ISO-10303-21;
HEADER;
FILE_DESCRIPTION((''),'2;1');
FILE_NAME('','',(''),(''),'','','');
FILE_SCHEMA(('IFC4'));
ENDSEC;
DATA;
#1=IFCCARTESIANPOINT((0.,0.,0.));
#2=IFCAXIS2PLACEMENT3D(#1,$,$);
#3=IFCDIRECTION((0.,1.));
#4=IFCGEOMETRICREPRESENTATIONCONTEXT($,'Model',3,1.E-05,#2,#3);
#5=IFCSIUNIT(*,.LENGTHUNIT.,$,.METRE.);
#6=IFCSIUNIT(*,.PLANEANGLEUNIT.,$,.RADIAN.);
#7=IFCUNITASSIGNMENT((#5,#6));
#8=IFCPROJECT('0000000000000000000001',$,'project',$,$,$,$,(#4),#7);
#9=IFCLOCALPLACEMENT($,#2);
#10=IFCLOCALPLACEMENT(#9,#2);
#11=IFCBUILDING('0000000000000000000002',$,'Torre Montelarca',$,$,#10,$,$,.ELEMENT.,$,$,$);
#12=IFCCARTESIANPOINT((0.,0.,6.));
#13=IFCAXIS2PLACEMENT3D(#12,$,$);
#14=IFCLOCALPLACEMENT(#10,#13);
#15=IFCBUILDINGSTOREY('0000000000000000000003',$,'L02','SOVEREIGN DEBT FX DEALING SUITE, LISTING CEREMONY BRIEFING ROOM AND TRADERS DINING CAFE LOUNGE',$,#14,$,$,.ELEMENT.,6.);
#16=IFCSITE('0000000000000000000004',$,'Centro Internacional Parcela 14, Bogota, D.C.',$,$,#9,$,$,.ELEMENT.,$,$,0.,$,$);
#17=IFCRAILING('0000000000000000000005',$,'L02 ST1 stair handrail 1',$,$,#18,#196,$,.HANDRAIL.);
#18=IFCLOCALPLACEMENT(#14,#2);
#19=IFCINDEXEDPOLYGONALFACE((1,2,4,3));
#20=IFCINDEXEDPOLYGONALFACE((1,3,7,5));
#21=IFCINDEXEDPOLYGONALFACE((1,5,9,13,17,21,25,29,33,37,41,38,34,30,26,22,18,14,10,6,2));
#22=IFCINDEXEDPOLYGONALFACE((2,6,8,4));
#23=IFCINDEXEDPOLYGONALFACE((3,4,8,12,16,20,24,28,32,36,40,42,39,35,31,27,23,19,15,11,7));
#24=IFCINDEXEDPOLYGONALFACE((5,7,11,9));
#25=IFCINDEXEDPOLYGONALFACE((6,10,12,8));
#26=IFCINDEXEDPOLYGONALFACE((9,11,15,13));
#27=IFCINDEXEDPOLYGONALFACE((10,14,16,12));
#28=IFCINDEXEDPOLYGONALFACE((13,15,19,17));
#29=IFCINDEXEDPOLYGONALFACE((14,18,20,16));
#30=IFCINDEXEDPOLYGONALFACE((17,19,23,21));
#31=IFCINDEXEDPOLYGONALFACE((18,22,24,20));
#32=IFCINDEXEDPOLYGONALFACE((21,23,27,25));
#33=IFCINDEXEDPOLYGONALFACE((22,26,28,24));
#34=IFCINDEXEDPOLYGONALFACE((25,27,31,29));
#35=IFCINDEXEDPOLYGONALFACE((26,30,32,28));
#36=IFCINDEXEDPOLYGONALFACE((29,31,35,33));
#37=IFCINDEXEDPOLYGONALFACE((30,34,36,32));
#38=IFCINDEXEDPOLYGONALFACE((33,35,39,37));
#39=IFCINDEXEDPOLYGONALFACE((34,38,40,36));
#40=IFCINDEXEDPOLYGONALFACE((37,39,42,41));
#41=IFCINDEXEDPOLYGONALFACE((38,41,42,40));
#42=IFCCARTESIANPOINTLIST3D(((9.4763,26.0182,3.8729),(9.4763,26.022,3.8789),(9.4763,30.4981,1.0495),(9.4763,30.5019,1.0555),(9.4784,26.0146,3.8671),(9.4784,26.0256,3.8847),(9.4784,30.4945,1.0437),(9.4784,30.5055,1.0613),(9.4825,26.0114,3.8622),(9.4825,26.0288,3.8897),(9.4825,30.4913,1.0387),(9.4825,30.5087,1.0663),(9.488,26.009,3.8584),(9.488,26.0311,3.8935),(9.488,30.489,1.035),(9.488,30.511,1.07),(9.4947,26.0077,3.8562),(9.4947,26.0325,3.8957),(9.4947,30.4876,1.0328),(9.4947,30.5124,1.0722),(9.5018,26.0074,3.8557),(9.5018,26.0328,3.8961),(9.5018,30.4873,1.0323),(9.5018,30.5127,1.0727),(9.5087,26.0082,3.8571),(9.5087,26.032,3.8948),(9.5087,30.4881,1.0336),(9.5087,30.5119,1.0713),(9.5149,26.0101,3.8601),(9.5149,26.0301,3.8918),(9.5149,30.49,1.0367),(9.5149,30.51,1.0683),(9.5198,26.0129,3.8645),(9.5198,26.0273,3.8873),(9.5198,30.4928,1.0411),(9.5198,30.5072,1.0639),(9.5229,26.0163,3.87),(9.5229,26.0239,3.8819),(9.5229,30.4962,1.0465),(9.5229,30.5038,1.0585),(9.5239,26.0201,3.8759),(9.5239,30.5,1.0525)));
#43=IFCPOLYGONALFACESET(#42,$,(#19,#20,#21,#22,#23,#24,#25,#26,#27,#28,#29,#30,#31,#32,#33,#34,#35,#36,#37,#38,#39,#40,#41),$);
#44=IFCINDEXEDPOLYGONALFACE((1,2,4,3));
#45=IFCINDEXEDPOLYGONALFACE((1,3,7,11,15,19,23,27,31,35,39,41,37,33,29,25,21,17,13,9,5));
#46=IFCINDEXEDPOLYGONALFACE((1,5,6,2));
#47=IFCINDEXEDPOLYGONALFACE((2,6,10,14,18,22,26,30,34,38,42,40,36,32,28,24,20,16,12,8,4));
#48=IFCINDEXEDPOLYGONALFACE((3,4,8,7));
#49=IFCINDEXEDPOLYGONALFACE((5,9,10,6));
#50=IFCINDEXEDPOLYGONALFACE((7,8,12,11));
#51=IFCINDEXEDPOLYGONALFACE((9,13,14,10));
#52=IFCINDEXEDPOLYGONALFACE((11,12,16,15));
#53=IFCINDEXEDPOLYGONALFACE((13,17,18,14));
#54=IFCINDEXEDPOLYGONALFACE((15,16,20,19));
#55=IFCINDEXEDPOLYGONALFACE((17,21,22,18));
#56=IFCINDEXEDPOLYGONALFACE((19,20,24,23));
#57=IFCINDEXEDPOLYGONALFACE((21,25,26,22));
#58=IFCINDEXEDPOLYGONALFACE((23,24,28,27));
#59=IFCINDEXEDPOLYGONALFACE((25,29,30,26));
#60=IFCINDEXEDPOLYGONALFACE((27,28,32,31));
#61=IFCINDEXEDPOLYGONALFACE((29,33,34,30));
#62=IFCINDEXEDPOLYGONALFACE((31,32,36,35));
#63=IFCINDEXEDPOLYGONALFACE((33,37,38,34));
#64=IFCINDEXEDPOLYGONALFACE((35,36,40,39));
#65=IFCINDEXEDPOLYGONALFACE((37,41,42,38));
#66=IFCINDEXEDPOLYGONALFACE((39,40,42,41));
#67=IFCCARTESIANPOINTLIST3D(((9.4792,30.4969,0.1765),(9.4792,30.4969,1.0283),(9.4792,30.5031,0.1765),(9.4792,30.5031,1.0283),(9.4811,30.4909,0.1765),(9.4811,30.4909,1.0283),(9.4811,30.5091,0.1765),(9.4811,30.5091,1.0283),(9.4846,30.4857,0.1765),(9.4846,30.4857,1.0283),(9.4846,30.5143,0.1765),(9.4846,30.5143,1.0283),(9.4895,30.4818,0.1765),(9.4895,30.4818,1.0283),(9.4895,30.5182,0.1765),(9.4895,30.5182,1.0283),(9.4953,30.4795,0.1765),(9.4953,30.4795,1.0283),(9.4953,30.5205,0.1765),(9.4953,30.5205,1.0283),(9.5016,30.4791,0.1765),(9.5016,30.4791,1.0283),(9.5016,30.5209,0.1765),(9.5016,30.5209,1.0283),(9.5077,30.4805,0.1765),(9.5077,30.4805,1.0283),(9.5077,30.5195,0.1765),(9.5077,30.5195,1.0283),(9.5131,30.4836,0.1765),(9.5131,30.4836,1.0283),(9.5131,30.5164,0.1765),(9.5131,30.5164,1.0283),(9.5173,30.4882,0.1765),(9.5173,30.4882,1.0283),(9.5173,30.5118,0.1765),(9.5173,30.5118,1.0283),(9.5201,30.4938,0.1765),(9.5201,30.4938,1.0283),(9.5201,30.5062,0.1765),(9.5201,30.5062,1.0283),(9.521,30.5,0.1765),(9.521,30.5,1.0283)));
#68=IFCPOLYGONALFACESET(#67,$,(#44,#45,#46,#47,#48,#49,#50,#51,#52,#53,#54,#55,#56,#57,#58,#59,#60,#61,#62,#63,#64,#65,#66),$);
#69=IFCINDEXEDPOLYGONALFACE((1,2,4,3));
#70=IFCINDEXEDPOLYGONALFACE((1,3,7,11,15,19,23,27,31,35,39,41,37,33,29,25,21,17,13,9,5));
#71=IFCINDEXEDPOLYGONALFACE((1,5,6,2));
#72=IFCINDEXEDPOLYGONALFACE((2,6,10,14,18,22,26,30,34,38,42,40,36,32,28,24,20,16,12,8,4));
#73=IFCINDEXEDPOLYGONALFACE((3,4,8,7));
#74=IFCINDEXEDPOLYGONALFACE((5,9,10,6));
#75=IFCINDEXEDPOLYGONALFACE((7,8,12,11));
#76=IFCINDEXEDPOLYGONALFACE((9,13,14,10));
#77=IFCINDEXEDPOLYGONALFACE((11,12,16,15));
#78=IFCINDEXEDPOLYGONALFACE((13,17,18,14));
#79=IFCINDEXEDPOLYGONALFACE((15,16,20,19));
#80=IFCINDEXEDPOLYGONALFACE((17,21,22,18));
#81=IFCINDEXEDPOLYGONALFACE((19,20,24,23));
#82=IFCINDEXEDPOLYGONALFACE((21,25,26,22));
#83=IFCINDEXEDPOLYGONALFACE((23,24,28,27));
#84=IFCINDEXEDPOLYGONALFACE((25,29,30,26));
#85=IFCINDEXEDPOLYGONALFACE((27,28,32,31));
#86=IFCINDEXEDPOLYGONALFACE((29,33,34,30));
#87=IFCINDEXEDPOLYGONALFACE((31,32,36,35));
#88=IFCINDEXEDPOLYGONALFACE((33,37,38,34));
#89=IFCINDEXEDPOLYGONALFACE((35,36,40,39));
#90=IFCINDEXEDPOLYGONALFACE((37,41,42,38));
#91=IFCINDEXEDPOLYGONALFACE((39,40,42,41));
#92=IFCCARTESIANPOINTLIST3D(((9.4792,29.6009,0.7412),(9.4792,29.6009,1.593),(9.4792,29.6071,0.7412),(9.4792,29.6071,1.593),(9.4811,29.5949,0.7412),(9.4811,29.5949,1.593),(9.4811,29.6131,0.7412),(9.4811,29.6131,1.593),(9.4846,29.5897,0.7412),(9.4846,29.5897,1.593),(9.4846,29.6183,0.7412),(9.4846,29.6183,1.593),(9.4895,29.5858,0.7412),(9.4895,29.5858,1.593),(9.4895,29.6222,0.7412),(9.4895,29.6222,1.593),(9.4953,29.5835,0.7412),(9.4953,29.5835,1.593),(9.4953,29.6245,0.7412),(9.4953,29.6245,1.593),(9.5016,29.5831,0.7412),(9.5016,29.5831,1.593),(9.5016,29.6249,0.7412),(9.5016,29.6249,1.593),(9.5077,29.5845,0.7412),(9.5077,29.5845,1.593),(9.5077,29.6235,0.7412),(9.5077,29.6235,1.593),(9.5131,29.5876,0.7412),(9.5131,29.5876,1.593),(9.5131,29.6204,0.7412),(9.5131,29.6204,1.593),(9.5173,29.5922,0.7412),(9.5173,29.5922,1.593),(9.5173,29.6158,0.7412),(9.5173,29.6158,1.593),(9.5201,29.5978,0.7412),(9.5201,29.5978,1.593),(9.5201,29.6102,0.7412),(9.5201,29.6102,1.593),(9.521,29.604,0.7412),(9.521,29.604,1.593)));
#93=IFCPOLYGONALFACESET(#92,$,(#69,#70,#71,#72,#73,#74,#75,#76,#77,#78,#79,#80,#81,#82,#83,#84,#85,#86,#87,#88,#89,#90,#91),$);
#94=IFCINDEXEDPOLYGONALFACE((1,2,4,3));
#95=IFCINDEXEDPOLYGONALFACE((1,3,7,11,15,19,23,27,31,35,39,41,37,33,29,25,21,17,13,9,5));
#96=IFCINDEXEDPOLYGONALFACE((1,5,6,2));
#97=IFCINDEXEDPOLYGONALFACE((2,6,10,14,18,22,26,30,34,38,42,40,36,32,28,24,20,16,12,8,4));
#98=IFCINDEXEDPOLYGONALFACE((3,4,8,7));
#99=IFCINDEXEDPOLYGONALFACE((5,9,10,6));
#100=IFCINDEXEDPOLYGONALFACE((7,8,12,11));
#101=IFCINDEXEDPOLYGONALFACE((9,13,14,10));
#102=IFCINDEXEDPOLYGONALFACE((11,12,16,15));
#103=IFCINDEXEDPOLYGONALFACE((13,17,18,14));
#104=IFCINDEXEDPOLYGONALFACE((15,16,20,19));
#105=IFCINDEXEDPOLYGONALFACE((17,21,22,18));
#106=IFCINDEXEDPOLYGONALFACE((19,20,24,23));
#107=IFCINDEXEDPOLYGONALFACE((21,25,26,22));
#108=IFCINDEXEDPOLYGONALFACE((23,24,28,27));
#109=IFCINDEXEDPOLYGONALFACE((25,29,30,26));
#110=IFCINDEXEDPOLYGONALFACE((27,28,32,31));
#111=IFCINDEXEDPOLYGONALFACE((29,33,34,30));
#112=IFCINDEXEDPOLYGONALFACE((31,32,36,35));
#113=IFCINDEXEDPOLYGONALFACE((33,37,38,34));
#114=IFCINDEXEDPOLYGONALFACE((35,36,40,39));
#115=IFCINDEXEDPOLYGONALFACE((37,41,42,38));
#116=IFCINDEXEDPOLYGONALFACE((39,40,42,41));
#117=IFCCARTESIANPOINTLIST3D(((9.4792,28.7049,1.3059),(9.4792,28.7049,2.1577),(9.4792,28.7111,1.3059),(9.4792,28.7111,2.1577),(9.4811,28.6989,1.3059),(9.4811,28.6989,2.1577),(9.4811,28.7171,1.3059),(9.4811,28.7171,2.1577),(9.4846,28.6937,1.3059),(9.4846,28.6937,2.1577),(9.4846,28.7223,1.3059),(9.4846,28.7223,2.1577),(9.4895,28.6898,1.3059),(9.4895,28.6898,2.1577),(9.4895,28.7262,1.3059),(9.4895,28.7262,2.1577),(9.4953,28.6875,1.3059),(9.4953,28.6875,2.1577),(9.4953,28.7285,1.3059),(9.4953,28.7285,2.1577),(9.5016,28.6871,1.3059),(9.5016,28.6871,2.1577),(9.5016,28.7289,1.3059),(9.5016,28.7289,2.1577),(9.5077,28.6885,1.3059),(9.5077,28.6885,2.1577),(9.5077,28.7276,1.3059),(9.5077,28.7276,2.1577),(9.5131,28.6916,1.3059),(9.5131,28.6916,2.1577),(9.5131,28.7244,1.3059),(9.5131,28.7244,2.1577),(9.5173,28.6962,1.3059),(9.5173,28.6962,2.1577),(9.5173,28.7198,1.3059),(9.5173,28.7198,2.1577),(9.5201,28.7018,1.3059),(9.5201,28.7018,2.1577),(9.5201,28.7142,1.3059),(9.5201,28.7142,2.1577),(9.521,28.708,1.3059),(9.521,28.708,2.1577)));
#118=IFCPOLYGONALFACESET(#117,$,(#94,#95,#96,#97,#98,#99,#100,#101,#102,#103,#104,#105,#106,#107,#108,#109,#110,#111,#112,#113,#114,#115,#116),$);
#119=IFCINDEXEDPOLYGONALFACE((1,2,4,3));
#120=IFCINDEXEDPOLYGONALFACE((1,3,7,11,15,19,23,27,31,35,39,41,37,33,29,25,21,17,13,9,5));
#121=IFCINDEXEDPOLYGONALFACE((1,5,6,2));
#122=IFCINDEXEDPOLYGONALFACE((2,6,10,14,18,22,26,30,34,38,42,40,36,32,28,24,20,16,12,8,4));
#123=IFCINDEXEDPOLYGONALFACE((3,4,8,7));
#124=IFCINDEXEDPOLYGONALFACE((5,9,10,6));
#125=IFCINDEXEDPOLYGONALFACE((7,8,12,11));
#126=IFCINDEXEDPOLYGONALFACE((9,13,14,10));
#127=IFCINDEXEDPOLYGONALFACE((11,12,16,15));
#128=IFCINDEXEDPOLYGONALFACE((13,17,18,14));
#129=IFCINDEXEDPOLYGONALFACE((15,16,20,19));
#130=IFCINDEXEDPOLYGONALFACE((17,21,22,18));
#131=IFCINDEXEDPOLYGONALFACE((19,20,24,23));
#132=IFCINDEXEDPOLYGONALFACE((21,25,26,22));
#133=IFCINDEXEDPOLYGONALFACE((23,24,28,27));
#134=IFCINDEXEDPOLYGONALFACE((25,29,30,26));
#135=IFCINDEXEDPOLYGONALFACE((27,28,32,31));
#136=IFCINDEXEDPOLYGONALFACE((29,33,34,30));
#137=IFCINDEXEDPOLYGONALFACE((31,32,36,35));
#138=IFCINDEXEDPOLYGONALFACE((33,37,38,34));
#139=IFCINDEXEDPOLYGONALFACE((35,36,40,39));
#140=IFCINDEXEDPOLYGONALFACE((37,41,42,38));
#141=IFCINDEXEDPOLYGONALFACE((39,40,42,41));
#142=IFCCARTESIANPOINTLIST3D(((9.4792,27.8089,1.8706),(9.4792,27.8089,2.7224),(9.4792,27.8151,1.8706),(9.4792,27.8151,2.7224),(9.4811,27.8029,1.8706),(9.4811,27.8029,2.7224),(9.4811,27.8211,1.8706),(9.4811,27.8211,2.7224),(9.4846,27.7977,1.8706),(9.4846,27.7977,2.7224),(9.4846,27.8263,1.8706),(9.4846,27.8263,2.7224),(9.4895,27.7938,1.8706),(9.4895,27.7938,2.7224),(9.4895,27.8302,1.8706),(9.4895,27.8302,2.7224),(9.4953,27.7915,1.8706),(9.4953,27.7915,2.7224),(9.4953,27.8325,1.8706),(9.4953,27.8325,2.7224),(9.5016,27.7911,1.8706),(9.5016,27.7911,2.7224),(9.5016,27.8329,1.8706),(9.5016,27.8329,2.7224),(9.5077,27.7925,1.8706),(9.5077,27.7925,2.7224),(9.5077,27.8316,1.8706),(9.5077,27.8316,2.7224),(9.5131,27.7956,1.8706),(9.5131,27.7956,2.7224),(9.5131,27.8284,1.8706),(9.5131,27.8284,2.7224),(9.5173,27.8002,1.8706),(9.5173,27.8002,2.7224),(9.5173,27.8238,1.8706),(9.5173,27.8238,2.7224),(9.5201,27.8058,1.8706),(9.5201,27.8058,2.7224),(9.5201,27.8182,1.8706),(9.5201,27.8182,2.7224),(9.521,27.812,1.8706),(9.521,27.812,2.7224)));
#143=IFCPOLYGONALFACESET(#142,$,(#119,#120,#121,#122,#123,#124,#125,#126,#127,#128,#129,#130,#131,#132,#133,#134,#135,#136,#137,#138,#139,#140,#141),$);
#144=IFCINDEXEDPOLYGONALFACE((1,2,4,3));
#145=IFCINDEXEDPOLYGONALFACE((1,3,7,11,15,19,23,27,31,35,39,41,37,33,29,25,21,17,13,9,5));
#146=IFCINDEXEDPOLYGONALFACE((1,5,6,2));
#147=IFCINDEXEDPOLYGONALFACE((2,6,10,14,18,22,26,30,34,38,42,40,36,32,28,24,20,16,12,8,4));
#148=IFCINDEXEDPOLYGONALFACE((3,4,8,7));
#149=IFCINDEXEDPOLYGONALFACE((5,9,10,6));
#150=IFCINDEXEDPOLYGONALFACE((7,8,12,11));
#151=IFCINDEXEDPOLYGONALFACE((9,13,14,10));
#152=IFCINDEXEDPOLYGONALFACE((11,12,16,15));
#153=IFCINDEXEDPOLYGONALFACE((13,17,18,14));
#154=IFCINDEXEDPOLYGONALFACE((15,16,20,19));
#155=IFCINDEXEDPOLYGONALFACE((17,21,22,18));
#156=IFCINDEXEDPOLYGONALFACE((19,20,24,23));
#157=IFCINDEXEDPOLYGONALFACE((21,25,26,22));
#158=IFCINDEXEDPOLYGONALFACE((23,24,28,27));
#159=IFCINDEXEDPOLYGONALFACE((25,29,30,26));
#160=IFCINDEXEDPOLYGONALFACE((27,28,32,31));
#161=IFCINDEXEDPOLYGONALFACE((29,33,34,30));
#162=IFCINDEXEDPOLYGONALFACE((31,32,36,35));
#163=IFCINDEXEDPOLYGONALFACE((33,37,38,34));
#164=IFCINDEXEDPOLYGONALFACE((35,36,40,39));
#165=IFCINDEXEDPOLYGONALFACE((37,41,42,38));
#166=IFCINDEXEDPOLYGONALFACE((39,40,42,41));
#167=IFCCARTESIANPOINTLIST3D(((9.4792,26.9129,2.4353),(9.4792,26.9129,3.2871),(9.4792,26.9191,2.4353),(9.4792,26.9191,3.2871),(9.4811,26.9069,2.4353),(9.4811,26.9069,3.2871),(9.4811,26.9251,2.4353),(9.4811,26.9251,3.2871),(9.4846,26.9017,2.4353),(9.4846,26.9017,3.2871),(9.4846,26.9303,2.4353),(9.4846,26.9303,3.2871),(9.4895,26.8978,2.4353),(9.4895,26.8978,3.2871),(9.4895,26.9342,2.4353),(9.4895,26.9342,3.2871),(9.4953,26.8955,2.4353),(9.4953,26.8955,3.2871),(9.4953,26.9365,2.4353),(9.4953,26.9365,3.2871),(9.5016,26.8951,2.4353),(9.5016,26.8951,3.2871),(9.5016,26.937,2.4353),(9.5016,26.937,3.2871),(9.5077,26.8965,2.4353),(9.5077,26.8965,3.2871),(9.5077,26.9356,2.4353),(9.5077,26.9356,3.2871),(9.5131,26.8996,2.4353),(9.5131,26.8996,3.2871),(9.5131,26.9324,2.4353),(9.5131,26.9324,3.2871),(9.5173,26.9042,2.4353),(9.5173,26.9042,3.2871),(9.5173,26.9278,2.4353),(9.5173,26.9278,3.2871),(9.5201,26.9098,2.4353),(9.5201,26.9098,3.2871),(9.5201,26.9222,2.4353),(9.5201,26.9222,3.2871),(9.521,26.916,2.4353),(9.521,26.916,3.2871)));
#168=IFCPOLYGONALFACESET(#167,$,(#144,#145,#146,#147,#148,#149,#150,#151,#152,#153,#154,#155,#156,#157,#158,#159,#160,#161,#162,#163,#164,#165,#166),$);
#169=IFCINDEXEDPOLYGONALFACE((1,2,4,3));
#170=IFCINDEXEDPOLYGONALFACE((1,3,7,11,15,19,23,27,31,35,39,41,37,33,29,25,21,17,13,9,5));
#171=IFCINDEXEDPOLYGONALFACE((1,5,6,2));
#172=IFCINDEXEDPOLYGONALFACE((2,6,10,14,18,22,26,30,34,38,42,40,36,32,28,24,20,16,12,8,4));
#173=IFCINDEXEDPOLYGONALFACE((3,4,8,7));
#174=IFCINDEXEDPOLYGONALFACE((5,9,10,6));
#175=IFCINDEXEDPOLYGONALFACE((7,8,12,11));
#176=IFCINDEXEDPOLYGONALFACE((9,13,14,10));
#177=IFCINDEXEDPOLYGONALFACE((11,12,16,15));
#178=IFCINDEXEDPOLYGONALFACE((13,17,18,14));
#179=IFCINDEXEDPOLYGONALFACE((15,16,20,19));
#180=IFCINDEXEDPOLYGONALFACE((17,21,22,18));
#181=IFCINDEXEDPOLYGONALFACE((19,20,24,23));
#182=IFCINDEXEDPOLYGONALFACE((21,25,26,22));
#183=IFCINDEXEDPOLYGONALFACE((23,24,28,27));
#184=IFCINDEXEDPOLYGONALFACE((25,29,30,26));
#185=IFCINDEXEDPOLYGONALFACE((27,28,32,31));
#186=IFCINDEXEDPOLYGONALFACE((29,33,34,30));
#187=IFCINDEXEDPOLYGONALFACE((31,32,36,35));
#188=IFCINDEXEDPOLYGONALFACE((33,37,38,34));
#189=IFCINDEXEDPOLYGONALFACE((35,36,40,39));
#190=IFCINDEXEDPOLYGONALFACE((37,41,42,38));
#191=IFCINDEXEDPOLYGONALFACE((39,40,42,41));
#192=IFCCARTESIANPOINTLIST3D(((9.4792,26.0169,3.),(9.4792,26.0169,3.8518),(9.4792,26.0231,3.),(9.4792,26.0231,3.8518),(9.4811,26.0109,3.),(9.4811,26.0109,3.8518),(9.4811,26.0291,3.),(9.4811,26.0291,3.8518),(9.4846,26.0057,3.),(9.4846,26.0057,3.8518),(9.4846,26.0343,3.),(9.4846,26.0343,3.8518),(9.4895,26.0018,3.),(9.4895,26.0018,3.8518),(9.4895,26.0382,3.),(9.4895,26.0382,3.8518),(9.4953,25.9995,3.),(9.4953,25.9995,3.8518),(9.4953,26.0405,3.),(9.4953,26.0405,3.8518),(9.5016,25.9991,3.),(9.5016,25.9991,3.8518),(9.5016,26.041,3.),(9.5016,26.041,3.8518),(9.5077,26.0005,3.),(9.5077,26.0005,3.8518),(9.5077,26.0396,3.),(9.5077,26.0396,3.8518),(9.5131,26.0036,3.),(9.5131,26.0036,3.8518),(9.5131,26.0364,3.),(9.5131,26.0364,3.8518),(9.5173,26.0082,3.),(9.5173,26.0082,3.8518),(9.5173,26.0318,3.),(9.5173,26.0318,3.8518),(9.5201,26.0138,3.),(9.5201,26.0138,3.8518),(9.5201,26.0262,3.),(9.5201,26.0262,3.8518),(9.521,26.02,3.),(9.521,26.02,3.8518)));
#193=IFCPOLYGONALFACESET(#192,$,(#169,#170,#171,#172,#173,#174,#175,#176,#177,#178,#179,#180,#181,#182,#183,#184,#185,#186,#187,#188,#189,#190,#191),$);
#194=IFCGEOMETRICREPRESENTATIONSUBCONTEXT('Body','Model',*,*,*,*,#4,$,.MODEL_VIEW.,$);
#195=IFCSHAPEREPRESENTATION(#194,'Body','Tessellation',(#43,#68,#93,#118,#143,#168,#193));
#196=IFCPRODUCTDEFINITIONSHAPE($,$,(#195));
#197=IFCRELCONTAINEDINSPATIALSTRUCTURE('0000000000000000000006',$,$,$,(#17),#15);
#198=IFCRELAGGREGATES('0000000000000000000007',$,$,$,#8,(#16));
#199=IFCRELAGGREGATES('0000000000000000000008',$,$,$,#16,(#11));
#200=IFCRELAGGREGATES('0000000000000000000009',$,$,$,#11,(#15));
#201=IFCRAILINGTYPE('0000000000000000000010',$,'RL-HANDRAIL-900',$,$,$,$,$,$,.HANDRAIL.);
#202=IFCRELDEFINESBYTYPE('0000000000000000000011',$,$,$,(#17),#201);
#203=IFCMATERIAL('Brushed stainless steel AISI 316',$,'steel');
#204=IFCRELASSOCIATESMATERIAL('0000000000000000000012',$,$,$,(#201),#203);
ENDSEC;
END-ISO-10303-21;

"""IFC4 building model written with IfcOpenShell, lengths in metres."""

from ifc_helpers import new_model, si_unit, direction, frame, origin, origin_2d, place, context, subcontext, project, spatial, circle, extrude, material, type_object, element, save


model = new_model("IFC4")

# Units and contexts
model_context = context("Model", 3, precision=1e-05, world=origin(), true_north=direction((0.0, 1.0)))
body_context = subcontext(model_context, "Body", "Model", "MODEL_VIEW")
ifc_project = project(units=[si_unit("LENGTHUNIT", "METRE"), si_unit("PLANEANGLEUNIT", "RADIAN")], contexts=[model_context])

# Site, building, storey
site_placement = place(None, origin())
site = spatial("IfcSite", under=ifc_project, at=site_placement, Name="Centro Internacional Parcela 14, Bogota, D.C.", CompositionType="ELEMENT", RefElevation=0.0)
building_placement = place(site_placement, origin())
building = spatial("IfcBuilding", under=site, at=building_placement, Name="Torre Montelarca", CompositionType="ELEMENT")
storey_placement = place(building_placement, frame((0.0, 0.0, 6.0)))
storey = spatial("IfcBuildingStorey", under=building, at=storey_placement, Name="L02", Description="SOVEREIGN DEBT FX DEALING SUITE, LISTING CEREMONY BRIEFING ROOM AND TRADERS DINING CAFE LOUNGE", CompositionType="ELEMENT", Elevation=6.0)

# Shared definitions
ifc_material_1 = material(Name="Brushed stainless steel AISI 316", Category="steel")

# Railing
railing_type_1 = type_object("IfcRailingType", Name="RL-HANDRAIL-900", PredefinedType="HANDRAIL", material=ifc_material_1)
railing_1_placement = place(storey_placement, frame((9.5, 30.5, 0.1765)))
element("IfcRailing", 1, at=railing_1_placement, inside=storey, type_object=railing_type_1, Name="L02 ST1 stair handrail 1", PredefinedType="HANDRAIL", context=body_context, shape_type="SweptSolid", body=[
    extrude(circle(Radius=0.0239, at=origin_2d()), frame((0.0, 0.0, 0.876), z_axis=(0.0, -0.845998, 0.533186), x_axis=(1.0, 0.0, 0.0)), (0.0, 0.0, 1.0), 5.2954),
    extrude(circle(Radius=0.021, at=origin_2d()), origin(), (0.0, 0.0, 1.0), 0.8518),
    extrude(circle(Radius=0.021, at=origin_2d()), frame((0.0, -0.896, 0.5647)), (0.0, 0.0, 1.0), 0.8518),
    extrude(circle(Radius=0.021, at=origin_2d()), frame((0.0, -1.792, 1.1294)), (0.0, 0.0, 1.0), 0.8518),
    extrude(circle(Radius=0.021, at=origin_2d()), frame((0.0, -2.688, 1.6941)), (0.0, 0.0, 1.0), 0.8518),
    extrude(circle(Radius=0.021, at=origin_2d()), frame((0.0, -3.584, 2.2588)), (0.0, 0.0, 1.0), 0.8518),
    extrude(circle(Radius=0.021, at=origin_2d()), frame((0.0, -4.48, 2.8235)), (0.0, 0.0, 1.0), 0.8518),
])

save(model, "model.ifc")
